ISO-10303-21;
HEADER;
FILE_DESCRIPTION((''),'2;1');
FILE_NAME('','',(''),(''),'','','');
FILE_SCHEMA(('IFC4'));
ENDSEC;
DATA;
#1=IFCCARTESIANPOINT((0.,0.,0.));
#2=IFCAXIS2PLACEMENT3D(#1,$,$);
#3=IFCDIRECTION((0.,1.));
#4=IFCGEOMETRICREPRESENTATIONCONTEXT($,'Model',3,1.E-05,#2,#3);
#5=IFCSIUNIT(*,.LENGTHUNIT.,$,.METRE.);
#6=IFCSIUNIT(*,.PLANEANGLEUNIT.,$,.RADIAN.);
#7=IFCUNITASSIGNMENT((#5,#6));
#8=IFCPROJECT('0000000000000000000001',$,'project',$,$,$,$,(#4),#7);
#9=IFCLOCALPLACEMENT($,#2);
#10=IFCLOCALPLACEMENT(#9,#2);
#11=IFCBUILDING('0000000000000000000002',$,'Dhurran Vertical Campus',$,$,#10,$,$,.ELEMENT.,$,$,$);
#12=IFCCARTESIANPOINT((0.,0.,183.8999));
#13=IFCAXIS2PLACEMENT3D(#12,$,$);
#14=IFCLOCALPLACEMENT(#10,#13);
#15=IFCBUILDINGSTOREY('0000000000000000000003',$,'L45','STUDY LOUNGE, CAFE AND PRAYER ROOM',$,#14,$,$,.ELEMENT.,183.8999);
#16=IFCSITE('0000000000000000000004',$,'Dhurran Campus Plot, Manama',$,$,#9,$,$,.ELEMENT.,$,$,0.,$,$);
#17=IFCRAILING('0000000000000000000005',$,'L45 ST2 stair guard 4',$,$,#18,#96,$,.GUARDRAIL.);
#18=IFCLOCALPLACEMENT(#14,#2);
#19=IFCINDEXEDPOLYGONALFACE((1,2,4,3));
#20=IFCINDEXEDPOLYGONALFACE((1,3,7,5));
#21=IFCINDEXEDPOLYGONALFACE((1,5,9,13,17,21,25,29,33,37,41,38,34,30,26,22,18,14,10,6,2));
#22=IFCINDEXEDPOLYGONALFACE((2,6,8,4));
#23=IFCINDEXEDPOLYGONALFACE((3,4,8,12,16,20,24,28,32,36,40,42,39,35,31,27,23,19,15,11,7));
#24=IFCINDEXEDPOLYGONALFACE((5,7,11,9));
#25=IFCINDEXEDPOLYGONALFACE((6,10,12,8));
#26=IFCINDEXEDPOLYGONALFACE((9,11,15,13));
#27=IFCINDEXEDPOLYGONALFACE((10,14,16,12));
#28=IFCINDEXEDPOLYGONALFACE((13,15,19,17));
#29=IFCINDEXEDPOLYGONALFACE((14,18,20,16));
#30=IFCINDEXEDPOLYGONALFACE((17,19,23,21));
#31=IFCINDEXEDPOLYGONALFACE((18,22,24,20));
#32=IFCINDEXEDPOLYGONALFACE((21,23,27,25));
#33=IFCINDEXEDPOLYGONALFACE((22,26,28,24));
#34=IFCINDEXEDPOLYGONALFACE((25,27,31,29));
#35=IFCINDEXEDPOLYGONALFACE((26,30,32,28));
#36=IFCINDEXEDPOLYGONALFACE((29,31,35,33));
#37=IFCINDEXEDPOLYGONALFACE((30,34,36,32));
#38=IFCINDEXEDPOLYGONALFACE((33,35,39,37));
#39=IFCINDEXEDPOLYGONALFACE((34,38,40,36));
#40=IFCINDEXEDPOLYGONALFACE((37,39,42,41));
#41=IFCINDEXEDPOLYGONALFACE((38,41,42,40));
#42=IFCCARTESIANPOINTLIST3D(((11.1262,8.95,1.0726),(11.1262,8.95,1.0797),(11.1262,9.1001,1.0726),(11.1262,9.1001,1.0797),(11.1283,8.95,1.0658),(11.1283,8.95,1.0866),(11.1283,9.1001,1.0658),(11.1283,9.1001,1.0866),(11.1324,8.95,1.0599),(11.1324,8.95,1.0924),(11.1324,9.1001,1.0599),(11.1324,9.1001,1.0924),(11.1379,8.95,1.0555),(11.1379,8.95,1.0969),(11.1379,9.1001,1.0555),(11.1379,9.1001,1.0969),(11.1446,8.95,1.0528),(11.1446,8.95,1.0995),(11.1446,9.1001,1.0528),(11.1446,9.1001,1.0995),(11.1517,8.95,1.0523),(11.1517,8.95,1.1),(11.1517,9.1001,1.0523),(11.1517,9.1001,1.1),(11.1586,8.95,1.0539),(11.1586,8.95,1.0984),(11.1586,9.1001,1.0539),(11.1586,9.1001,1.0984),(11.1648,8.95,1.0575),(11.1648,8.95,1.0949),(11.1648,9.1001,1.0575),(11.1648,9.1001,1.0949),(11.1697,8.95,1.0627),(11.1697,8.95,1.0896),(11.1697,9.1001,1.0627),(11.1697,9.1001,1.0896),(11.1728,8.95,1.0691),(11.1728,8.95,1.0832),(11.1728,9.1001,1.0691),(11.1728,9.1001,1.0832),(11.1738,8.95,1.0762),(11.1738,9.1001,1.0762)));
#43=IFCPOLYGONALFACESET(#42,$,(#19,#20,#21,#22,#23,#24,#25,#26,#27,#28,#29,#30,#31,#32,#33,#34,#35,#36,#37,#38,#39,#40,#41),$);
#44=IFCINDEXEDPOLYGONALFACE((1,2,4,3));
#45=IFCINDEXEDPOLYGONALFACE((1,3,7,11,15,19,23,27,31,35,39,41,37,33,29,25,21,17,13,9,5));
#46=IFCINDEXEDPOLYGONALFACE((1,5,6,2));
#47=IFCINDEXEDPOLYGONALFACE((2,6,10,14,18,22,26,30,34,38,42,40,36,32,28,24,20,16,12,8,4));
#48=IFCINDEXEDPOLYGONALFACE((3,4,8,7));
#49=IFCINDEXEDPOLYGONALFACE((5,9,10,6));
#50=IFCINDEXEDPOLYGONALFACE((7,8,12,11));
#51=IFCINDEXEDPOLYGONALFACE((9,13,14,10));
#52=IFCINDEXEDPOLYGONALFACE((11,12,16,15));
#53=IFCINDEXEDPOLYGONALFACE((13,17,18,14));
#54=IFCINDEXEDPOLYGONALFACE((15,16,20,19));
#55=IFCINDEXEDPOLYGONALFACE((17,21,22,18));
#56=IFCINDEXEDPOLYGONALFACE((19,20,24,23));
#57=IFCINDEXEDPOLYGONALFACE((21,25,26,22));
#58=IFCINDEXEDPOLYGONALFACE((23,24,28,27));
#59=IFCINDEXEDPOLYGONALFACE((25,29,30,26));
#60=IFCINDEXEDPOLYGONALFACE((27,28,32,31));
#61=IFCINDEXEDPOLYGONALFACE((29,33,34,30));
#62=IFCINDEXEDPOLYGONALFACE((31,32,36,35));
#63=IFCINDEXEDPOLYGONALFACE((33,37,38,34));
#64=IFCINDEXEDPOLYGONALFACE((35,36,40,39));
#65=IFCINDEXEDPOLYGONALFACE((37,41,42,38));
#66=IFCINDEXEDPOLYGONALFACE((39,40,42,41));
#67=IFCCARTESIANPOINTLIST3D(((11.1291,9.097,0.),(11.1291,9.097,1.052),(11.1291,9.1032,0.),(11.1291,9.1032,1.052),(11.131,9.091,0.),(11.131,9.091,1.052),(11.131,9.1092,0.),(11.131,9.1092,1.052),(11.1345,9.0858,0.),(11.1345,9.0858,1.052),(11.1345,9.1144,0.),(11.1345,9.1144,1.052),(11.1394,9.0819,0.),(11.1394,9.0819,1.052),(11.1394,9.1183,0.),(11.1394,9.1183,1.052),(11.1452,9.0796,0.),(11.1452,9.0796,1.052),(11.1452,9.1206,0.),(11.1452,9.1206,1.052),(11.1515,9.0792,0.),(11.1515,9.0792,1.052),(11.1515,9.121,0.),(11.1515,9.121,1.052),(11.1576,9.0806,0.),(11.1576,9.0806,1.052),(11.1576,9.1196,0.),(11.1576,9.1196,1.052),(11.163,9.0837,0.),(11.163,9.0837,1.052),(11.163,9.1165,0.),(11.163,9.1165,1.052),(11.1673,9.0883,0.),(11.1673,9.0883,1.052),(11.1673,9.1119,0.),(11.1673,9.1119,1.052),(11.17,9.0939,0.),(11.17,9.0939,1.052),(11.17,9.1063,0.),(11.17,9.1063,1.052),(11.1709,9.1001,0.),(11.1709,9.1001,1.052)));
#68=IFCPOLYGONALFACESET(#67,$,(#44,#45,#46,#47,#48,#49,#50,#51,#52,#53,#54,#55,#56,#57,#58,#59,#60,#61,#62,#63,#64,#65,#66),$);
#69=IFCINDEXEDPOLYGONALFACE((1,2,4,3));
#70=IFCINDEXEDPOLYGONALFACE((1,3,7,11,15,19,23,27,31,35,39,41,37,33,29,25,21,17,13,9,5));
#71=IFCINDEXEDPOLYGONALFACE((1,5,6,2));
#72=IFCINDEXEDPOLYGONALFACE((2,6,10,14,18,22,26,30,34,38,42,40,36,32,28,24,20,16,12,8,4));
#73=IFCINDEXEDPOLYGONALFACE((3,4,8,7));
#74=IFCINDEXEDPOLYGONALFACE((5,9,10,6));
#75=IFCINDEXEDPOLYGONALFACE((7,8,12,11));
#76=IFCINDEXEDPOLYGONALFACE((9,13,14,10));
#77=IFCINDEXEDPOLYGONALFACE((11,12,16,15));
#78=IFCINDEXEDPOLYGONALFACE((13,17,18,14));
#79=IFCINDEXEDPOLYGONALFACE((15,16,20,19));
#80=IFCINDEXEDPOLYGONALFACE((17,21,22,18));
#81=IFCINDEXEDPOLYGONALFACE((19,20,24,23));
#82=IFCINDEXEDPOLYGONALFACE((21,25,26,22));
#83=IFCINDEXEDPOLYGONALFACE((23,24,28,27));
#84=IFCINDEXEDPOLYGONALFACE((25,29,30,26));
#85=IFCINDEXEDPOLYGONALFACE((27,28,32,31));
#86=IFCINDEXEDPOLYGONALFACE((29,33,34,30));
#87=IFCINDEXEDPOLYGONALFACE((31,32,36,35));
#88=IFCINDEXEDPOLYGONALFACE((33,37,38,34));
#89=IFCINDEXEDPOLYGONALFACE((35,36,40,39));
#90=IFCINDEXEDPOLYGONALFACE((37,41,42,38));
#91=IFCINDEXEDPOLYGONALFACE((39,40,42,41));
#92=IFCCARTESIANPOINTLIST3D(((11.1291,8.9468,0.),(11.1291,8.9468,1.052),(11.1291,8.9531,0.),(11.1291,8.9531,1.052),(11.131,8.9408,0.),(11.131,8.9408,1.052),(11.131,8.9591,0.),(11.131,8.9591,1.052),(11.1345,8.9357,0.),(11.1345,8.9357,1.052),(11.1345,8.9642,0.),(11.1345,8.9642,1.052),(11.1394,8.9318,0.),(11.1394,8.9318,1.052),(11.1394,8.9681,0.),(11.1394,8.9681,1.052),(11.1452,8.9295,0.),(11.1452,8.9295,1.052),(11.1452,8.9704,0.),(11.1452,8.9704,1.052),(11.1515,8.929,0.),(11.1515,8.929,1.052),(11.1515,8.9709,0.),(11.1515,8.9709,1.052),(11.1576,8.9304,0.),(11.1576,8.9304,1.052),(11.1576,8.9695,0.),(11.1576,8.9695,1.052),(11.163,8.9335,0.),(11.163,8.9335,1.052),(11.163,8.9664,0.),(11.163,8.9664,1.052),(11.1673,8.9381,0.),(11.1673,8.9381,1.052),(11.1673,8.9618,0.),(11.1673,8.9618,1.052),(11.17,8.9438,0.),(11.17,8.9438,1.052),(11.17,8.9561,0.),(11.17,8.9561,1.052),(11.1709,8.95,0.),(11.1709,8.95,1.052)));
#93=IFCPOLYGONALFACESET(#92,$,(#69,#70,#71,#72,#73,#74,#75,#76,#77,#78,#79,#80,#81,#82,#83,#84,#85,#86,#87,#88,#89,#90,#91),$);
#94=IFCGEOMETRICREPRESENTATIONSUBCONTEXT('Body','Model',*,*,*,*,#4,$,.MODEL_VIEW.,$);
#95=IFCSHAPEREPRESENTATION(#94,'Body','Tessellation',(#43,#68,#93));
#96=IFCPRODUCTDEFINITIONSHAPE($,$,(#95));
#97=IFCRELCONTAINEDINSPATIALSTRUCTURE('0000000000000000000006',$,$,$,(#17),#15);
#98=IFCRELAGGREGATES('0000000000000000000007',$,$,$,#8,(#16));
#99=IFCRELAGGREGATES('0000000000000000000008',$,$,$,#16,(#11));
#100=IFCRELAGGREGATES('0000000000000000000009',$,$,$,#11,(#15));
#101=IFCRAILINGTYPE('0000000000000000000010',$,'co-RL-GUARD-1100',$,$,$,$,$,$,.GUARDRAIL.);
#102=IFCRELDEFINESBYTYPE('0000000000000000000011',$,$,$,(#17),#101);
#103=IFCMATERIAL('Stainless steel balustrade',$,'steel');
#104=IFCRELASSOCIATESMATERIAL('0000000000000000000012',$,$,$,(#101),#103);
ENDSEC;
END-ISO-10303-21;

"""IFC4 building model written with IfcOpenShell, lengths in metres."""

from ifc_helpers import new_model, si_unit, direction, frame, origin, origin_2d, place, context, subcontext, project, spatial, circle, extrude, material, type_object, element, save


model = new_model("IFC4")

# Units and contexts
model_context = context("Model", 3, precision=1e-05, world=origin(), true_north=direction((0.0, 1.0)))
body_context = subcontext(model_context, "Body", "Model", "MODEL_VIEW")
ifc_project = project(units=[si_unit("LENGTHUNIT", "METRE"), si_unit("PLANEANGLEUNIT", "RADIAN")], contexts=[model_context])

# Site, building, storey
site_placement = place(None, origin())
site = spatial("IfcSite", under=ifc_project, at=site_placement, Name="Dhurran Campus Plot, Manama", CompositionType="ELEMENT", RefElevation=0.0)
building_placement = place(site_placement, origin())
building = spatial("IfcBuilding", under=site, at=building_placement, Name="Dhurran Vertical Campus", CompositionType="ELEMENT")
storey_placement = place(building_placement, frame((0.0, 0.0, 183.8999)))
storey = spatial("IfcBuildingStorey", under=building, at=storey_placement, Name="L45", Description="STUDY LOUNGE, CAFE AND PRAYER ROOM", CompositionType="ELEMENT", Elevation=183.8999)

# Railing
ifc_material_1 = material(Name="Stainless steel balustrade", Category="steel")
railing_type_1 = type_object("IfcRailingType", Name="co-RL-GUARD-1100", PredefinedType="GUARDRAIL", material=ifc_material_1)
railing_1_placement = place(storey_placement, frame((11.1499, 9.1001, 0.0)))
element("IfcRailing", 1, at=railing_1_placement, inside=storey, type_object=railing_type_1, Name="L45 ST2 stair guard 4", PredefinedType="GUARDRAIL", context=body_context, shape_type="SweptSolid", body=[
    extrude(circle(Radius=0.0239, at=origin_2d()), frame((0.0, 0.0, 1.0762), z_axis=(0.0, -1.0, 0.0), x_axis=(1.0, 0.0, 0.0)), (0.0, 0.0, 1.0), 0.1501),
    extrude(circle(Radius=0.021, at=origin_2d()), origin(), (0.0, 0.0, 1.0), 1.052),
    extrude(circle(Radius=0.021, at=origin_2d()), frame((0.0, -0.1501, 0.0)), (0.0, 0.0, 1.0), 1.052),
])

save(model, "model.ifc")
